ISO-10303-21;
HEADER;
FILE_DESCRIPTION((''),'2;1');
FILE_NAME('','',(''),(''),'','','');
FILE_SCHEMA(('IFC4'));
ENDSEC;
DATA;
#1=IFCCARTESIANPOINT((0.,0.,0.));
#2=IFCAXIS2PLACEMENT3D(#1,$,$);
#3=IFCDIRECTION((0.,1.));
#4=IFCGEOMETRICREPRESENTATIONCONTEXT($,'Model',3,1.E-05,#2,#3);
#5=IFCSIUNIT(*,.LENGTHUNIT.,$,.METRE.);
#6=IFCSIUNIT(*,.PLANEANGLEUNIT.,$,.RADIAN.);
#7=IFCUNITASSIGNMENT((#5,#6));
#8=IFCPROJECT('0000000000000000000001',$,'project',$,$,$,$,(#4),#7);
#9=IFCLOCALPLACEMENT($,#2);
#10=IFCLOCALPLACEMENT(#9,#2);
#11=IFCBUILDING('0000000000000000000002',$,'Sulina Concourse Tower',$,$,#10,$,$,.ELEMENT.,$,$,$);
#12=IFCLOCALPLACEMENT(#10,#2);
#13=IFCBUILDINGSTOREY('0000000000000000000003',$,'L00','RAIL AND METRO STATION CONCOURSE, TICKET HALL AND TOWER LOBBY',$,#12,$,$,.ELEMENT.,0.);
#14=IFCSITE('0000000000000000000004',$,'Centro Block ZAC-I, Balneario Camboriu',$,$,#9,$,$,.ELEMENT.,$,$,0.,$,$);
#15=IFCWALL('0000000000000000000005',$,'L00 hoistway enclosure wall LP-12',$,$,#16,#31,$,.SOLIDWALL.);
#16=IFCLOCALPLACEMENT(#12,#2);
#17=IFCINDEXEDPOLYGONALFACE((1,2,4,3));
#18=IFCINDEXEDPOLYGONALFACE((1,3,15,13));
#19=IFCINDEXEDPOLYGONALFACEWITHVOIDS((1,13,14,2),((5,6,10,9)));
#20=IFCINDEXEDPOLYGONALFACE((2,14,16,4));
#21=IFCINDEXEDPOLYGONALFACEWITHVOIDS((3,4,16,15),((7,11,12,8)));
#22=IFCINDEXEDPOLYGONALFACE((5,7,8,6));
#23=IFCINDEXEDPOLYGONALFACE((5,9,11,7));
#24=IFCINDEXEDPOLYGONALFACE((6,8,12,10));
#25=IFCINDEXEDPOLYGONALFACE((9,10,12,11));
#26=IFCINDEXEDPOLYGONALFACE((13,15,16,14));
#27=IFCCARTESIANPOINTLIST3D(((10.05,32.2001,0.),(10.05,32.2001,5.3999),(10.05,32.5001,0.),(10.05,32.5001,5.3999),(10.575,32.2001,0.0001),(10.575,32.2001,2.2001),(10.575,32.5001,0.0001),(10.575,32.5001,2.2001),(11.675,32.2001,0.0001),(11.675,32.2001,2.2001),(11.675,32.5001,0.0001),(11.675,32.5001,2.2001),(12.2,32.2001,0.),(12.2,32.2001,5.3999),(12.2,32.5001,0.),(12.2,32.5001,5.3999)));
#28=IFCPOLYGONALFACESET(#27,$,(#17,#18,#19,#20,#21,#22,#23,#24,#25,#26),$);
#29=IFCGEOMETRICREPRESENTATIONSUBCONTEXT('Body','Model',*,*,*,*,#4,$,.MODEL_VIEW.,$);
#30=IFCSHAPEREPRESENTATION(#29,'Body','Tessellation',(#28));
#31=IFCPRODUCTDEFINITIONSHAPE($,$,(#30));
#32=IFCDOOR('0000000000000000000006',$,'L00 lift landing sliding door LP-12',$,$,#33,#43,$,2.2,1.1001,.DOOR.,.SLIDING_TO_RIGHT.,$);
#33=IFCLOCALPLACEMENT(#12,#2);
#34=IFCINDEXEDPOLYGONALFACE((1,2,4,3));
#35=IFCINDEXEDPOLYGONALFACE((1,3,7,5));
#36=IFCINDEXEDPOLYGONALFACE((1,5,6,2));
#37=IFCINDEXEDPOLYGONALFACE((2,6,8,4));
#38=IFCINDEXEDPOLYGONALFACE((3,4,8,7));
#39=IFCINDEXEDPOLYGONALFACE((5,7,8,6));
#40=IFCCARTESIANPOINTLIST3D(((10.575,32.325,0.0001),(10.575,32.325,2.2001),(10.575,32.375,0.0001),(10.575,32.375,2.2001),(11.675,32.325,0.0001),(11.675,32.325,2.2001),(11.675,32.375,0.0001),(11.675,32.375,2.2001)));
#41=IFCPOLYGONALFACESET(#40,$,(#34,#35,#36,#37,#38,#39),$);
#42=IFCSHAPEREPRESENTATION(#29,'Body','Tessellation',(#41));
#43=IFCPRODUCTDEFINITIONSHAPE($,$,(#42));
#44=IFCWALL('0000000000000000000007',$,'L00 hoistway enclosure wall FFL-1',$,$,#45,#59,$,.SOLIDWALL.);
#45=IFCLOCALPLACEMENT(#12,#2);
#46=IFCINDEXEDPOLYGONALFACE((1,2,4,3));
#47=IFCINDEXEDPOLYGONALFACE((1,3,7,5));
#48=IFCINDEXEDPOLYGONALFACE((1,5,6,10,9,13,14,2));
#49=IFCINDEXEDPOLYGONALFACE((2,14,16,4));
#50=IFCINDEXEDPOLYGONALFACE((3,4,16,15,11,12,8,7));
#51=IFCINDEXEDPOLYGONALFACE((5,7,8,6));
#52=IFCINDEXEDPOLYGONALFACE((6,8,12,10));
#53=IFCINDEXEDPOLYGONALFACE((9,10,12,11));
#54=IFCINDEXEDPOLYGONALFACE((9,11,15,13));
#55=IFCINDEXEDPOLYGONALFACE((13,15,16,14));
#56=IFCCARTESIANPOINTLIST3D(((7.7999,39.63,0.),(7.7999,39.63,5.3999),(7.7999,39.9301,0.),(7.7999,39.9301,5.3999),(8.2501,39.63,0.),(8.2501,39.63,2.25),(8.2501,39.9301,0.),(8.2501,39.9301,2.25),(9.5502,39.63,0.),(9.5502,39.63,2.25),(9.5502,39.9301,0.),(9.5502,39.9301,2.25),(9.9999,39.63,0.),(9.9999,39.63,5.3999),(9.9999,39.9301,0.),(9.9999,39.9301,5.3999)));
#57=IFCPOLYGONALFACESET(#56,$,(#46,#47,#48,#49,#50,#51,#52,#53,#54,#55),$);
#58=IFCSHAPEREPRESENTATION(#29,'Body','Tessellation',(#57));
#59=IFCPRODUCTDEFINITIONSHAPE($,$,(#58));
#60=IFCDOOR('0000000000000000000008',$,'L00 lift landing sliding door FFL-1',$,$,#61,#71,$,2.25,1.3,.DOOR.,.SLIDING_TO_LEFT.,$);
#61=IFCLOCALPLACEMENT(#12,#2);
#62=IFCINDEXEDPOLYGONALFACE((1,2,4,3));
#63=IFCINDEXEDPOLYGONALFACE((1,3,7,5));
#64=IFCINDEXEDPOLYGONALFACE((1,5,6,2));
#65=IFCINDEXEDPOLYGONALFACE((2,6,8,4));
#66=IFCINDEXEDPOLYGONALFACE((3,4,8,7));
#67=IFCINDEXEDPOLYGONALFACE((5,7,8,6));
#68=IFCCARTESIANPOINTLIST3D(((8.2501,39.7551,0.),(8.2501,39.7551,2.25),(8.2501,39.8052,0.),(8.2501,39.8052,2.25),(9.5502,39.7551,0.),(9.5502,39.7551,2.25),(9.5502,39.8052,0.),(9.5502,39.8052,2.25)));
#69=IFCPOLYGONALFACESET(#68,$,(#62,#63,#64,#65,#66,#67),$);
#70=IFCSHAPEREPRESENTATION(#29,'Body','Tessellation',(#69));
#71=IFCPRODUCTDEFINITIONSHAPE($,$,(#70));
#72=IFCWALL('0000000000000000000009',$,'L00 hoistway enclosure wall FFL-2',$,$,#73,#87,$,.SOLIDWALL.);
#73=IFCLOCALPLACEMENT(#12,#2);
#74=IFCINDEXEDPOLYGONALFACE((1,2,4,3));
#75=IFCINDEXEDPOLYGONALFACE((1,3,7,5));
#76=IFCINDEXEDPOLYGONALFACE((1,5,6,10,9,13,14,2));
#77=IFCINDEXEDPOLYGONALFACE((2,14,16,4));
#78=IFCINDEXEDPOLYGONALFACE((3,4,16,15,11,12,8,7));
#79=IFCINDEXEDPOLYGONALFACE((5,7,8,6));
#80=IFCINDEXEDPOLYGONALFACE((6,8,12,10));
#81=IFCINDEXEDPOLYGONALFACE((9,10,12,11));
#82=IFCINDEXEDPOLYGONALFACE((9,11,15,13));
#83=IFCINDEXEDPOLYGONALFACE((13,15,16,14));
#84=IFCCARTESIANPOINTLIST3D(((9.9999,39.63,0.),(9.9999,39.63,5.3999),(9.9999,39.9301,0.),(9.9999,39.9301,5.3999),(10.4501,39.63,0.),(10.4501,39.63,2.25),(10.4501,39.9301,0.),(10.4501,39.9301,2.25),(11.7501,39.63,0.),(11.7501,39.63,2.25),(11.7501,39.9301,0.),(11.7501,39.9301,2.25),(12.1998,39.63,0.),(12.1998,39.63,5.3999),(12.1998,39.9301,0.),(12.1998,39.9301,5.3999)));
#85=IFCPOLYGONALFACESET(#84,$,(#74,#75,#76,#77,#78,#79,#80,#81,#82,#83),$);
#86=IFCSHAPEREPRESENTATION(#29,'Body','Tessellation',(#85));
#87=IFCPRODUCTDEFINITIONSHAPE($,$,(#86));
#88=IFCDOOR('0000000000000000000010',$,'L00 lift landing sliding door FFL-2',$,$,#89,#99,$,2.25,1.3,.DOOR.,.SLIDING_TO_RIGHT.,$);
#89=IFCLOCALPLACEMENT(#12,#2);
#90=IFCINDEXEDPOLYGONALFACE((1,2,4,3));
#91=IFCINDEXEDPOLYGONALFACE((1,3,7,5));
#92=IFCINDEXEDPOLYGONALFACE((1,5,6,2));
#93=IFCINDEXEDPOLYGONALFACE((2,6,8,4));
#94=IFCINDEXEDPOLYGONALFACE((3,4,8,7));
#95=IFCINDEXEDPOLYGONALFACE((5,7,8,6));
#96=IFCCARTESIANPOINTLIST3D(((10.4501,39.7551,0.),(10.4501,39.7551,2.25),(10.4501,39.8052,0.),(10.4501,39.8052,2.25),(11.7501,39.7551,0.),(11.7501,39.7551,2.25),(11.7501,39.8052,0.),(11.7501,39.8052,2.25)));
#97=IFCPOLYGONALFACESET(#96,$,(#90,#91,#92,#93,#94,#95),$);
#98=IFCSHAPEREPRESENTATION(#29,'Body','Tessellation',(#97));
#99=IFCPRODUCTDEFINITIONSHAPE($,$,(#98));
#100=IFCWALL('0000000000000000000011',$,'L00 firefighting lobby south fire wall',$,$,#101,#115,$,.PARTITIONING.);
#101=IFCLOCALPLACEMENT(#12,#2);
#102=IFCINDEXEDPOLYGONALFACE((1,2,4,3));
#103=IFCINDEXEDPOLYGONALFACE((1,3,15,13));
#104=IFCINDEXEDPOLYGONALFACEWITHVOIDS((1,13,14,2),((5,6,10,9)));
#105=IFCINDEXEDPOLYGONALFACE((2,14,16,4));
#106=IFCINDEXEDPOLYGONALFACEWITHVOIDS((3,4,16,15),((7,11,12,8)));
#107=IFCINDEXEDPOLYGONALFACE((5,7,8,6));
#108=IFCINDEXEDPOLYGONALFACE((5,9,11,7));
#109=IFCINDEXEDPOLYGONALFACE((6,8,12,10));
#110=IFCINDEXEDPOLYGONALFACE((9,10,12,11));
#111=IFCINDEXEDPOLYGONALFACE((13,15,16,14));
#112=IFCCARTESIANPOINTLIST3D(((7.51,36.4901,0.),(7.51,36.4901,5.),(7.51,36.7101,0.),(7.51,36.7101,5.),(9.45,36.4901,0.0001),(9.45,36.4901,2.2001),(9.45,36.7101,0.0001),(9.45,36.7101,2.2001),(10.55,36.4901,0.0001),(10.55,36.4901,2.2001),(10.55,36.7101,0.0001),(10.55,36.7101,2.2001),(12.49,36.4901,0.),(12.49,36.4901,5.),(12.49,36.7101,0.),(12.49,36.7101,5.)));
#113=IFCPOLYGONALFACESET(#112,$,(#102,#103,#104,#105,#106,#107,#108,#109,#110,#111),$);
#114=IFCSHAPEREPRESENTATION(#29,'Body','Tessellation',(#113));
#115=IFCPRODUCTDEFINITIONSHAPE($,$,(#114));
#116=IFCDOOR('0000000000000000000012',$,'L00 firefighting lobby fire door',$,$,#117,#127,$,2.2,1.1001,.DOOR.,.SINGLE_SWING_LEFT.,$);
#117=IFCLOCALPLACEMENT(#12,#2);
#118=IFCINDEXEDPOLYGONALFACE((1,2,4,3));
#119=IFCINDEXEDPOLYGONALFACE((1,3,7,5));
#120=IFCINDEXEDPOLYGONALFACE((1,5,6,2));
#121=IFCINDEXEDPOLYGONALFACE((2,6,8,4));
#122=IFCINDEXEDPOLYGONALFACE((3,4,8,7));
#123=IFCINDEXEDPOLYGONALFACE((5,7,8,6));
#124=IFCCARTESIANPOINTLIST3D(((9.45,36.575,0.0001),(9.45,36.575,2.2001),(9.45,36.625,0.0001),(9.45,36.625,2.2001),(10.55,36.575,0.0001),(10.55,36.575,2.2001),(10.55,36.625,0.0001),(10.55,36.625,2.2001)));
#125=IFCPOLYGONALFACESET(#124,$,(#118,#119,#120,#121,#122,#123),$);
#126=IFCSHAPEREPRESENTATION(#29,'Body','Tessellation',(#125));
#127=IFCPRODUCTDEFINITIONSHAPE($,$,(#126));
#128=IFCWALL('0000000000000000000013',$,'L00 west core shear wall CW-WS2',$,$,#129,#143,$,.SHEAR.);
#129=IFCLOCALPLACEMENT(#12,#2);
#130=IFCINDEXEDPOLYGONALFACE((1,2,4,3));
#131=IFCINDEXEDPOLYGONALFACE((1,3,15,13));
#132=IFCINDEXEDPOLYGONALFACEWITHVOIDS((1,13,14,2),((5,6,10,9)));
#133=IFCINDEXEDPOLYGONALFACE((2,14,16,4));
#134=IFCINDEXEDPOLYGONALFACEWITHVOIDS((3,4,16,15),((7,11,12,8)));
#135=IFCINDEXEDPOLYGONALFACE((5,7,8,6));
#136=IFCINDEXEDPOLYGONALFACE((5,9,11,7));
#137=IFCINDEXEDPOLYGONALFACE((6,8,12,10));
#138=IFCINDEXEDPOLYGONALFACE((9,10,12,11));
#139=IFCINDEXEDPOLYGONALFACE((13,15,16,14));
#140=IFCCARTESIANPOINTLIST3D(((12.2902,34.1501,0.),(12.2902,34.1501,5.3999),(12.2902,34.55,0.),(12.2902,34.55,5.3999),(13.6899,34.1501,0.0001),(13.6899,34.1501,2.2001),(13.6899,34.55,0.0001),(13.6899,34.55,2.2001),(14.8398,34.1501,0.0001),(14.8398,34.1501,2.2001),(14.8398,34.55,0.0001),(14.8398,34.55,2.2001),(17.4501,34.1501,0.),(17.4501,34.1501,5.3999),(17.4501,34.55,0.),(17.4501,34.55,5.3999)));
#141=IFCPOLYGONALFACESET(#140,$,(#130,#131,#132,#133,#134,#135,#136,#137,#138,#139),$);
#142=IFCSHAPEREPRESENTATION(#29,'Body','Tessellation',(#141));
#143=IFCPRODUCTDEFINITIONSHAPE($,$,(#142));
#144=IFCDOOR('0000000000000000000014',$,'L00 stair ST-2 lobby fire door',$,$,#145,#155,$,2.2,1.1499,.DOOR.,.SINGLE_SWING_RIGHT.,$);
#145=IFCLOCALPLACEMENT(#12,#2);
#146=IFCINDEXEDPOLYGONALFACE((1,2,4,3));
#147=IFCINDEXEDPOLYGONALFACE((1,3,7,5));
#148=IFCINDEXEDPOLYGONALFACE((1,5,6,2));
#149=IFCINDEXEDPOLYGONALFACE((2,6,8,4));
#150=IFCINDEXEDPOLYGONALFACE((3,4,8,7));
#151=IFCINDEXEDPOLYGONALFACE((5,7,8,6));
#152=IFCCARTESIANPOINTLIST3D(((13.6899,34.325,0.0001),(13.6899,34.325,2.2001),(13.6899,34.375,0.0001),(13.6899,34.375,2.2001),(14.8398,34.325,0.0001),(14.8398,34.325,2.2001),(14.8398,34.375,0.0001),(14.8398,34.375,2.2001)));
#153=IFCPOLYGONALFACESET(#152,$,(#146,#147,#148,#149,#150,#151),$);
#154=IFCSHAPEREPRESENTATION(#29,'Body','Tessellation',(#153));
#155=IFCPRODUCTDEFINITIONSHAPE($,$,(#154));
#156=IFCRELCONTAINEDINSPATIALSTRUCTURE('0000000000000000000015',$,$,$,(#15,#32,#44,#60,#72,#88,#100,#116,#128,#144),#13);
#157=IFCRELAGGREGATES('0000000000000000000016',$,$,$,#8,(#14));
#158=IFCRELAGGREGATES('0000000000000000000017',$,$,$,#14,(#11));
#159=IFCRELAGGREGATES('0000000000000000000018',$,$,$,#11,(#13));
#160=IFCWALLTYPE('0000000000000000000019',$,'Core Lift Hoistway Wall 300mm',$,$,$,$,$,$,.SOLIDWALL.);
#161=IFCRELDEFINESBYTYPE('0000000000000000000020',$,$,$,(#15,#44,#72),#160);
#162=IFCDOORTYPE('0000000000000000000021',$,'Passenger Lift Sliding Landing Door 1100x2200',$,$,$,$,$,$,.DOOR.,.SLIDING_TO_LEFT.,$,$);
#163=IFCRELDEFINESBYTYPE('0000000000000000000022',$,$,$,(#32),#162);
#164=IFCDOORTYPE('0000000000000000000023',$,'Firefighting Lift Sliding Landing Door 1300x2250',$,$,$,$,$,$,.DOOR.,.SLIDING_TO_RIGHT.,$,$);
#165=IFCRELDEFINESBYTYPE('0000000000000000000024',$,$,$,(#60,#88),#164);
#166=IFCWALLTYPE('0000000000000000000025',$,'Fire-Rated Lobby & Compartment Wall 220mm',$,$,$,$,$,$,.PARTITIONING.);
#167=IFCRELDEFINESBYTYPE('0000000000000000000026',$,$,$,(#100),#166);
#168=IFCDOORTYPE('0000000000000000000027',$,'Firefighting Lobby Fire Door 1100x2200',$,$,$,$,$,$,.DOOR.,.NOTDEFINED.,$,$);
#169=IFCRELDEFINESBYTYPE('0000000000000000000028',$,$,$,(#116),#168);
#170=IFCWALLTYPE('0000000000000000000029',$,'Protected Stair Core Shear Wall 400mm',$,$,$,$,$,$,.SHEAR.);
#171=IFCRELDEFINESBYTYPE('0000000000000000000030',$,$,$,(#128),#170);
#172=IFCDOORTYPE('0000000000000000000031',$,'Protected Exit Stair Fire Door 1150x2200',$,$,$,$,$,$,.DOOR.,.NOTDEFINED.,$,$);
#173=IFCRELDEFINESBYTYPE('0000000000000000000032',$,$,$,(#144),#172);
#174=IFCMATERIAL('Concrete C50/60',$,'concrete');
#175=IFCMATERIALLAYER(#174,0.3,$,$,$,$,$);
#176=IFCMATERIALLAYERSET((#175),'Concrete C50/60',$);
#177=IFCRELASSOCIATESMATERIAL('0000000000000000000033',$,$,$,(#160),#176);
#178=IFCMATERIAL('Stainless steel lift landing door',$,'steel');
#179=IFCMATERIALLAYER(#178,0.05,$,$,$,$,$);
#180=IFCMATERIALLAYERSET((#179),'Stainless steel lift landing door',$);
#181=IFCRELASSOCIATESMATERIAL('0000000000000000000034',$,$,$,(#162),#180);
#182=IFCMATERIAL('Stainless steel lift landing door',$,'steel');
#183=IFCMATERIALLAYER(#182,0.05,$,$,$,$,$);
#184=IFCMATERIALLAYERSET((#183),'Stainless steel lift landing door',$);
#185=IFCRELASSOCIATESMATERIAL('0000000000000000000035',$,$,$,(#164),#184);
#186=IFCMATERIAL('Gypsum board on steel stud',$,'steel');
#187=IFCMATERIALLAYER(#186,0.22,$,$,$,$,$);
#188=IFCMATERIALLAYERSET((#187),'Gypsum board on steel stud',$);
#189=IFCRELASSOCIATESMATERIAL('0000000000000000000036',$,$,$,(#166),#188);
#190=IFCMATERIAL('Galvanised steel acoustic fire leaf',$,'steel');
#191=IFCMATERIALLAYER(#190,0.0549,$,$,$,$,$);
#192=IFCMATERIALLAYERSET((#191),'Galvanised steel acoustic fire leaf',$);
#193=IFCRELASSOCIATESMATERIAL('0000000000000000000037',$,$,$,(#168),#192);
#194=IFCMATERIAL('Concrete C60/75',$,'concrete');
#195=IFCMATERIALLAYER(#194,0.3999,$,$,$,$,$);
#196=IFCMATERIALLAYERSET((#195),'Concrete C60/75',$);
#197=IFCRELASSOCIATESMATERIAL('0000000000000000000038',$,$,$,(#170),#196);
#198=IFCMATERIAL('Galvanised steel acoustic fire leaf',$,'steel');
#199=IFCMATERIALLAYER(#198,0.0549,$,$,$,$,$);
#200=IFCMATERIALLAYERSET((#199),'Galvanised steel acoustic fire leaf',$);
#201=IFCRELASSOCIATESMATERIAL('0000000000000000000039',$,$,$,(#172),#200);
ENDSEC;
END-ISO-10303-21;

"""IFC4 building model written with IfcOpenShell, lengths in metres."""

from ifc_helpers import new_model, si_unit, direction, frame, frame_2d, origin, place, context, subcontext, project, spatial, rectangle, extrude, material, layer, layer_set, type_object, element, fill, save


model = new_model("IFC4")

# Units and contexts
model_context = context("Model", 3, precision=1e-05, world=origin(), true_north=direction((0.0, 1.0)))
body_context = subcontext(model_context, "Body", "Model", "MODEL_VIEW")
ifc_project = project(units=[si_unit("LENGTHUNIT", "METRE"), si_unit("PLANEANGLEUNIT", "RADIAN")], contexts=[model_context])

# Site, building, storey
site_placement = place(None, origin())
site = spatial("IfcSite", under=ifc_project, at=site_placement, Name="Centro Block ZAC-I, Balneario Camboriu", CompositionType="ELEMENT", RefElevation=0.0)
building_placement = place(site_placement, origin())
building = spatial("IfcBuilding", under=site, at=building_placement, Name="Sulina Concourse Tower", CompositionType="ELEMENT")
storey_placement = place(building_placement, origin())
storey = spatial("IfcBuildingStorey", under=building, at=storey_placement, Name="L00", Description="RAIL AND METRO STATION CONCOURSE, TICKET HALL AND TOWER LOBBY", CompositionType="ELEMENT", Elevation=0.0)

# Walls, openings, doors
ifc_material_1 = material(Name="Concrete C50/60", Category="concrete")
ifc_layer_1 = layer(ifc_material_1, 0.3)
ifc_layer_set_1 = layer_set([ifc_layer_1], Name="Concrete C50/60")
wall_type_1 = type_object("IfcWallType", Name="Core Lift Hoistway Wall 300mm", PredefinedType="SOLIDWALL", material=ifc_layer_set_1)
ifc_material_2 = material(Name="Stainless steel lift landing door", Category="steel")
ifc_layer_2 = layer(ifc_material_2, 0.05)
ifc_layer_set_2 = layer_set([ifc_layer_2], Name="Stainless steel lift landing door")
door_type_1 = type_object("IfcDoorType", Name="Passenger Lift Sliding Landing Door 1100x2200", OperationType="SLIDING_TO_LEFT", PredefinedType="DOOR", material=ifc_layer_set_2)
wall_1_placement = place(storey_placement, frame((10.05, 32.3501, 0.0), z_axis=(0.0, 0.0, 1.0), x_axis=(1.0, 0.0, 0.0)))
wall_1 = element("IfcWall", 1, at=wall_1_placement, inside=storey, type_object=wall_type_1, Name="L00 hoistway enclosure wall LP-12", PredefinedType="SOLIDWALL", context=body_context, shape_type="SweptSolid", body=[
    extrude(rectangle(XDim=2.1499, YDim=0.3, at=frame_2d((1.075, 0.0))), origin(), (0.0, 0.0, 1.0), 5.3999),
])
opening_1_placement = place(wall_1_placement, frame((0.5249, 0.0, 0.0)))
opening_1 = element("IfcOpeningElement", 2, at=opening_1_placement, cuts=wall_1, PredefinedType="OPENING", context=body_context, shape_type="SweptSolid", body=[
    extrude(rectangle(XDim=1.1001, YDim=2.2, at=frame_2d((0.55, 1.1001))), frame((0.0, 0.1599, 0.0), z_axis=(0.0, -1.0, 0.0), x_axis=(1.0, 0.0, 0.0)), (0.0, 0.0, 1.0), 0.3201),
])
door_1_placement = place(opening_1_placement, origin())
door_1 = element("IfcDoor", 3, at=door_1_placement, inside=storey, type_object=door_type_1, Name="L00 lift landing sliding door LP-12", OperationType="SLIDING_TO_RIGHT", OverallHeight=2.2, OverallWidth=1.1001, PredefinedType="DOOR", context=body_context, shape_type="SweptSolid", body=[
    extrude(rectangle(XDim=1.1001, YDim=2.2, at=frame_2d((0.55, 1.1001))), frame((0.0, 0.0249, 0.0), z_axis=(0.0, -1.0, 0.0), x_axis=(1.0, 0.0, 0.0)), (0.0, 0.0, 1.0), 0.05),
])
fill(opening_1, door_1)
wall_2_placement = place(storey_placement, frame((10.0, 39.78, 0.0), z_axis=(0.0, 0.0, 1.0), x_axis=(-1.0, 0.0, 0.0)))
wall_2 = element("IfcWall", 4, at=wall_2_placement, inside=storey, type_object=wall_type_1, Name="L00 hoistway enclosure wall FFL-1", PredefinedType="SOLIDWALL", context=body_context, shape_type="SweptSolid", body=[
    extrude(rectangle(XDim=2.2, YDim=0.3, at=frame_2d((1.1001, 0.0))), origin(), (0.0, 0.0, 1.0), 5.3999),
])
opening_2_placement = place(wall_2_placement, frame((0.45, 0.0, 0.0)))
opening_2 = element("IfcOpeningElement", 5, at=opening_2_placement, cuts=wall_2, PredefinedType="OPENING", context=body_context, shape_type="SweptSolid", body=[
    extrude(rectangle(XDim=1.3, YDim=2.25, at=frame_2d((0.6499, 1.125))), frame((0.0, 0.1599, 0.0), z_axis=(0.0, -1.0, 0.0), x_axis=(1.0, 0.0, 0.0)), (0.0, 0.0, 1.0), 0.3201),
])
ifc_material_3 = material(Name="Stainless steel lift landing door", Category="steel")
ifc_layer_3 = layer(ifc_material_3, 0.05)
ifc_layer_set_3 = layer_set([ifc_layer_3], Name="Stainless steel lift landing door")
door_type_2 = type_object("IfcDoorType", Name="Firefighting Lift Sliding Landing Door 1300x2250", OperationType="SLIDING_TO_RIGHT", PredefinedType="DOOR", material=ifc_layer_set_3)
door_2_placement = place(opening_2_placement, origin())
door_2 = element("IfcDoor", 6, at=door_2_placement, inside=storey, type_object=door_type_2, Name="L00 lift landing sliding door FFL-1", OperationType="SLIDING_TO_LEFT", OverallHeight=2.25, OverallWidth=1.3, PredefinedType="DOOR", context=body_context, shape_type="SweptSolid", body=[
    extrude(rectangle(XDim=1.3, YDim=2.25, at=frame_2d((0.6499, 1.125))), frame((0.0, 0.0249, 0.0), z_axis=(0.0, -1.0, 0.0), x_axis=(1.0, 0.0, 0.0)), (0.0, 0.0, 1.0), 0.05),
])
fill(opening_2, door_2)
wall_3_placement = place(storey_placement, frame((12.2, 39.78, 0.0), z_axis=(0.0, 0.0, 1.0), x_axis=(-1.0, 0.0, 0.0)))
wall_3 = element("IfcWall", 7, at=wall_3_placement, inside=storey, type_object=wall_type_1, Name="L00 hoistway enclosure wall FFL-2", PredefinedType="SOLIDWALL", context=body_context, shape_type="SweptSolid", body=[
    extrude(rectangle(XDim=2.2, YDim=0.3, at=frame_2d((1.1001, 0.0))), origin(), (0.0, 0.0, 1.0), 5.3999),
])
opening_3_placement = place(wall_3_placement, frame((0.45, 0.0, 0.0)))
opening_3 = element("IfcOpeningElement", 8, at=opening_3_placement, cuts=wall_3, PredefinedType="OPENING", context=body_context, shape_type="SweptSolid", body=[
    extrude(rectangle(XDim=1.3, YDim=2.25, at=frame_2d((0.6499, 1.125))), frame((0.0, 0.1599, 0.0), z_axis=(0.0, -1.0, 0.0), x_axis=(1.0, 0.0, 0.0)), (0.0, 0.0, 1.0), 0.3201),
])
door_3_placement = place(opening_3_placement, origin())
door_3 = element("IfcDoor", 9, at=door_3_placement, inside=storey, type_object=door_type_2, Name="L00 lift landing sliding door FFL-2", OperationType="SLIDING_TO_RIGHT", OverallHeight=2.25, OverallWidth=1.3, PredefinedType="DOOR", context=body_context, shape_type="SweptSolid", body=[
    extrude(rectangle(XDim=1.3, YDim=2.25, at=frame_2d((0.6499, 1.125))), frame((0.0, 0.0249, 0.0), z_axis=(0.0, -1.0, 0.0), x_axis=(1.0, 0.0, 0.0)), (0.0, 0.0, 1.0), 0.05),
])
fill(opening_3, door_3)
ifc_material_4 = material(Name="Gypsum board on steel stud", Category="steel")
ifc_layer_4 = layer(ifc_material_4, 0.22)
ifc_layer_set_4 = layer_set([ifc_layer_4], Name="Gypsum board on steel stud")
wall_type_2 = type_object("IfcWallType", Name="Fire-Rated Lobby & Compartment Wall 220mm", PredefinedType="PARTITIONING", material=ifc_layer_set_4)
wall_4_placement = place(storey_placement, frame((7.51, 36.6001, 0.0), z_axis=(0.0, 0.0, 1.0), x_axis=(1.0, 0.0, 0.0)))
wall_4 = element("IfcWall", 10, at=wall_4_placement, inside=storey, type_object=wall_type_2, Name="L00 firefighting lobby south fire wall", PredefinedType="PARTITIONING", context=body_context, shape_type="SweptSolid", body=[
    extrude(rectangle(XDim=4.98, YDim=0.22, at=frame_2d((2.49, 0.0))), origin(), (0.0, 0.0, 1.0), 5.0),
])
opening_4_placement = place(wall_4_placement, frame((1.9399, 0.0, 0.0)))
opening_4 = element("IfcOpeningElement", 11, at=opening_4_placement, cuts=wall_4, PredefinedType="OPENING", context=body_context, shape_type="SweptSolid", body=[
    extrude(rectangle(XDim=1.1001, YDim=2.2, at=frame_2d((0.55, 1.1001))), frame((0.0, 0.1199, 0.0), z_axis=(0.0, -1.0, 0.0), x_axis=(1.0, 0.0, 0.0)), (0.0, 0.0, 1.0), 0.24),
])
ifc_material_5 = material(Name="Galvanised steel acoustic fire leaf", Category="steel")
ifc_layer_5 = layer(ifc_material_5, 0.0549)
ifc_layer_set_5 = layer_set([ifc_layer_5], Name="Galvanised steel acoustic fire leaf")
door_type_3 = type_object("IfcDoorType", Name="Firefighting Lobby Fire Door 1100x2200", OperationType="NOTDEFINED", PredefinedType="DOOR", material=ifc_layer_set_5)
door_4_placement = place(opening_4_placement, origin())
door_4 = element("IfcDoor", 12, at=door_4_placement, inside=storey, type_object=door_type_3, Name="L00 firefighting lobby fire door", OperationType="SINGLE_SWING_LEFT", OverallHeight=2.2, OverallWidth=1.1001, PredefinedType="DOOR", context=body_context, shape_type="SweptSolid", body=[
    extrude(rectangle(XDim=1.1001, YDim=2.2, at=frame_2d((0.55, 1.1001))), frame((0.0, 0.0249, 0.0), z_axis=(0.0, -1.0, 0.0), x_axis=(1.0, 0.0, 0.0)), (0.0, 0.0, 1.0), 0.05),
])
fill(opening_4, door_4)
ifc_material_6 = material(Name="Concrete C60/75", Category="concrete")
ifc_layer_6 = layer(ifc_material_6, 0.3999)
ifc_layer_set_6 = layer_set([ifc_layer_6], Name="Concrete C60/75")
wall_type_3 = type_object("IfcWallType", Name="Protected Stair Core Shear Wall 400mm", PredefinedType="SHEAR", material=ifc_layer_set_6)
wall_5_placement = place(storey_placement, frame((12.29, 34.3501, 0.0), z_axis=(0.0, 0.0, 1.0), x_axis=(1.0, 0.0, 0.0)))
wall_5 = element("IfcWall", 13, at=wall_5_placement, inside=storey, type_object=wall_type_3, Name="L00 west core shear wall CW-WS2", PredefinedType="SHEAR", context=body_context, shape_type="SweptSolid", body=[
    extrude(rectangle(XDim=5.1599, YDim=0.3999, at=frame_2d((2.5801, 0.0))), origin(), (0.0, 0.0, 1.0), 5.3999),
])
opening_5_placement = place(wall_5_placement, frame((1.3999, 0.0, 0.0)))
opening_5 = element("IfcOpeningElement", 14, at=opening_5_placement, cuts=wall_5, PredefinedType="OPENING", context=body_context, shape_type="SweptSolid", body=[
    extrude(rectangle(XDim=1.1499, YDim=2.2, at=frame_2d((0.575, 1.1001))), frame((0.0, 0.21, 0.0), z_axis=(0.0, -1.0, 0.0), x_axis=(1.0, 0.0, 0.0)), (0.0, 0.0, 1.0), 0.4199),
])
ifc_material_7 = material(Name="Galvanised steel acoustic fire leaf", Category="steel")
ifc_layer_7 = layer(ifc_material_7, 0.0549)
ifc_layer_set_7 = layer_set([ifc_layer_7], Name="Galvanised steel acoustic fire leaf")
door_type_4 = type_object("IfcDoorType", Name="Protected Exit Stair Fire Door 1150x2200", OperationType="NOTDEFINED", PredefinedType="DOOR", material=ifc_layer_set_7)
door_5_placement = place(opening_5_placement, origin())
door_5 = element("IfcDoor", 15, at=door_5_placement, inside=storey, type_object=door_type_4, Name="L00 stair ST-2 lobby fire door", OperationType="SINGLE_SWING_RIGHT", OverallHeight=2.2, OverallWidth=1.1499, PredefinedType="DOOR", context=body_context, shape_type="SweptSolid", body=[
    extrude(rectangle(XDim=1.1499, YDim=2.2, at=frame_2d((0.575, 1.1001))), frame((0.0, 0.0249, 0.0), z_axis=(0.0, -1.0, 0.0), x_axis=(1.0, 0.0, 0.0)), (0.0, 0.0, 1.0), 0.05),
])
fill(opening_5, door_5)

save(model, "model.ifc")
